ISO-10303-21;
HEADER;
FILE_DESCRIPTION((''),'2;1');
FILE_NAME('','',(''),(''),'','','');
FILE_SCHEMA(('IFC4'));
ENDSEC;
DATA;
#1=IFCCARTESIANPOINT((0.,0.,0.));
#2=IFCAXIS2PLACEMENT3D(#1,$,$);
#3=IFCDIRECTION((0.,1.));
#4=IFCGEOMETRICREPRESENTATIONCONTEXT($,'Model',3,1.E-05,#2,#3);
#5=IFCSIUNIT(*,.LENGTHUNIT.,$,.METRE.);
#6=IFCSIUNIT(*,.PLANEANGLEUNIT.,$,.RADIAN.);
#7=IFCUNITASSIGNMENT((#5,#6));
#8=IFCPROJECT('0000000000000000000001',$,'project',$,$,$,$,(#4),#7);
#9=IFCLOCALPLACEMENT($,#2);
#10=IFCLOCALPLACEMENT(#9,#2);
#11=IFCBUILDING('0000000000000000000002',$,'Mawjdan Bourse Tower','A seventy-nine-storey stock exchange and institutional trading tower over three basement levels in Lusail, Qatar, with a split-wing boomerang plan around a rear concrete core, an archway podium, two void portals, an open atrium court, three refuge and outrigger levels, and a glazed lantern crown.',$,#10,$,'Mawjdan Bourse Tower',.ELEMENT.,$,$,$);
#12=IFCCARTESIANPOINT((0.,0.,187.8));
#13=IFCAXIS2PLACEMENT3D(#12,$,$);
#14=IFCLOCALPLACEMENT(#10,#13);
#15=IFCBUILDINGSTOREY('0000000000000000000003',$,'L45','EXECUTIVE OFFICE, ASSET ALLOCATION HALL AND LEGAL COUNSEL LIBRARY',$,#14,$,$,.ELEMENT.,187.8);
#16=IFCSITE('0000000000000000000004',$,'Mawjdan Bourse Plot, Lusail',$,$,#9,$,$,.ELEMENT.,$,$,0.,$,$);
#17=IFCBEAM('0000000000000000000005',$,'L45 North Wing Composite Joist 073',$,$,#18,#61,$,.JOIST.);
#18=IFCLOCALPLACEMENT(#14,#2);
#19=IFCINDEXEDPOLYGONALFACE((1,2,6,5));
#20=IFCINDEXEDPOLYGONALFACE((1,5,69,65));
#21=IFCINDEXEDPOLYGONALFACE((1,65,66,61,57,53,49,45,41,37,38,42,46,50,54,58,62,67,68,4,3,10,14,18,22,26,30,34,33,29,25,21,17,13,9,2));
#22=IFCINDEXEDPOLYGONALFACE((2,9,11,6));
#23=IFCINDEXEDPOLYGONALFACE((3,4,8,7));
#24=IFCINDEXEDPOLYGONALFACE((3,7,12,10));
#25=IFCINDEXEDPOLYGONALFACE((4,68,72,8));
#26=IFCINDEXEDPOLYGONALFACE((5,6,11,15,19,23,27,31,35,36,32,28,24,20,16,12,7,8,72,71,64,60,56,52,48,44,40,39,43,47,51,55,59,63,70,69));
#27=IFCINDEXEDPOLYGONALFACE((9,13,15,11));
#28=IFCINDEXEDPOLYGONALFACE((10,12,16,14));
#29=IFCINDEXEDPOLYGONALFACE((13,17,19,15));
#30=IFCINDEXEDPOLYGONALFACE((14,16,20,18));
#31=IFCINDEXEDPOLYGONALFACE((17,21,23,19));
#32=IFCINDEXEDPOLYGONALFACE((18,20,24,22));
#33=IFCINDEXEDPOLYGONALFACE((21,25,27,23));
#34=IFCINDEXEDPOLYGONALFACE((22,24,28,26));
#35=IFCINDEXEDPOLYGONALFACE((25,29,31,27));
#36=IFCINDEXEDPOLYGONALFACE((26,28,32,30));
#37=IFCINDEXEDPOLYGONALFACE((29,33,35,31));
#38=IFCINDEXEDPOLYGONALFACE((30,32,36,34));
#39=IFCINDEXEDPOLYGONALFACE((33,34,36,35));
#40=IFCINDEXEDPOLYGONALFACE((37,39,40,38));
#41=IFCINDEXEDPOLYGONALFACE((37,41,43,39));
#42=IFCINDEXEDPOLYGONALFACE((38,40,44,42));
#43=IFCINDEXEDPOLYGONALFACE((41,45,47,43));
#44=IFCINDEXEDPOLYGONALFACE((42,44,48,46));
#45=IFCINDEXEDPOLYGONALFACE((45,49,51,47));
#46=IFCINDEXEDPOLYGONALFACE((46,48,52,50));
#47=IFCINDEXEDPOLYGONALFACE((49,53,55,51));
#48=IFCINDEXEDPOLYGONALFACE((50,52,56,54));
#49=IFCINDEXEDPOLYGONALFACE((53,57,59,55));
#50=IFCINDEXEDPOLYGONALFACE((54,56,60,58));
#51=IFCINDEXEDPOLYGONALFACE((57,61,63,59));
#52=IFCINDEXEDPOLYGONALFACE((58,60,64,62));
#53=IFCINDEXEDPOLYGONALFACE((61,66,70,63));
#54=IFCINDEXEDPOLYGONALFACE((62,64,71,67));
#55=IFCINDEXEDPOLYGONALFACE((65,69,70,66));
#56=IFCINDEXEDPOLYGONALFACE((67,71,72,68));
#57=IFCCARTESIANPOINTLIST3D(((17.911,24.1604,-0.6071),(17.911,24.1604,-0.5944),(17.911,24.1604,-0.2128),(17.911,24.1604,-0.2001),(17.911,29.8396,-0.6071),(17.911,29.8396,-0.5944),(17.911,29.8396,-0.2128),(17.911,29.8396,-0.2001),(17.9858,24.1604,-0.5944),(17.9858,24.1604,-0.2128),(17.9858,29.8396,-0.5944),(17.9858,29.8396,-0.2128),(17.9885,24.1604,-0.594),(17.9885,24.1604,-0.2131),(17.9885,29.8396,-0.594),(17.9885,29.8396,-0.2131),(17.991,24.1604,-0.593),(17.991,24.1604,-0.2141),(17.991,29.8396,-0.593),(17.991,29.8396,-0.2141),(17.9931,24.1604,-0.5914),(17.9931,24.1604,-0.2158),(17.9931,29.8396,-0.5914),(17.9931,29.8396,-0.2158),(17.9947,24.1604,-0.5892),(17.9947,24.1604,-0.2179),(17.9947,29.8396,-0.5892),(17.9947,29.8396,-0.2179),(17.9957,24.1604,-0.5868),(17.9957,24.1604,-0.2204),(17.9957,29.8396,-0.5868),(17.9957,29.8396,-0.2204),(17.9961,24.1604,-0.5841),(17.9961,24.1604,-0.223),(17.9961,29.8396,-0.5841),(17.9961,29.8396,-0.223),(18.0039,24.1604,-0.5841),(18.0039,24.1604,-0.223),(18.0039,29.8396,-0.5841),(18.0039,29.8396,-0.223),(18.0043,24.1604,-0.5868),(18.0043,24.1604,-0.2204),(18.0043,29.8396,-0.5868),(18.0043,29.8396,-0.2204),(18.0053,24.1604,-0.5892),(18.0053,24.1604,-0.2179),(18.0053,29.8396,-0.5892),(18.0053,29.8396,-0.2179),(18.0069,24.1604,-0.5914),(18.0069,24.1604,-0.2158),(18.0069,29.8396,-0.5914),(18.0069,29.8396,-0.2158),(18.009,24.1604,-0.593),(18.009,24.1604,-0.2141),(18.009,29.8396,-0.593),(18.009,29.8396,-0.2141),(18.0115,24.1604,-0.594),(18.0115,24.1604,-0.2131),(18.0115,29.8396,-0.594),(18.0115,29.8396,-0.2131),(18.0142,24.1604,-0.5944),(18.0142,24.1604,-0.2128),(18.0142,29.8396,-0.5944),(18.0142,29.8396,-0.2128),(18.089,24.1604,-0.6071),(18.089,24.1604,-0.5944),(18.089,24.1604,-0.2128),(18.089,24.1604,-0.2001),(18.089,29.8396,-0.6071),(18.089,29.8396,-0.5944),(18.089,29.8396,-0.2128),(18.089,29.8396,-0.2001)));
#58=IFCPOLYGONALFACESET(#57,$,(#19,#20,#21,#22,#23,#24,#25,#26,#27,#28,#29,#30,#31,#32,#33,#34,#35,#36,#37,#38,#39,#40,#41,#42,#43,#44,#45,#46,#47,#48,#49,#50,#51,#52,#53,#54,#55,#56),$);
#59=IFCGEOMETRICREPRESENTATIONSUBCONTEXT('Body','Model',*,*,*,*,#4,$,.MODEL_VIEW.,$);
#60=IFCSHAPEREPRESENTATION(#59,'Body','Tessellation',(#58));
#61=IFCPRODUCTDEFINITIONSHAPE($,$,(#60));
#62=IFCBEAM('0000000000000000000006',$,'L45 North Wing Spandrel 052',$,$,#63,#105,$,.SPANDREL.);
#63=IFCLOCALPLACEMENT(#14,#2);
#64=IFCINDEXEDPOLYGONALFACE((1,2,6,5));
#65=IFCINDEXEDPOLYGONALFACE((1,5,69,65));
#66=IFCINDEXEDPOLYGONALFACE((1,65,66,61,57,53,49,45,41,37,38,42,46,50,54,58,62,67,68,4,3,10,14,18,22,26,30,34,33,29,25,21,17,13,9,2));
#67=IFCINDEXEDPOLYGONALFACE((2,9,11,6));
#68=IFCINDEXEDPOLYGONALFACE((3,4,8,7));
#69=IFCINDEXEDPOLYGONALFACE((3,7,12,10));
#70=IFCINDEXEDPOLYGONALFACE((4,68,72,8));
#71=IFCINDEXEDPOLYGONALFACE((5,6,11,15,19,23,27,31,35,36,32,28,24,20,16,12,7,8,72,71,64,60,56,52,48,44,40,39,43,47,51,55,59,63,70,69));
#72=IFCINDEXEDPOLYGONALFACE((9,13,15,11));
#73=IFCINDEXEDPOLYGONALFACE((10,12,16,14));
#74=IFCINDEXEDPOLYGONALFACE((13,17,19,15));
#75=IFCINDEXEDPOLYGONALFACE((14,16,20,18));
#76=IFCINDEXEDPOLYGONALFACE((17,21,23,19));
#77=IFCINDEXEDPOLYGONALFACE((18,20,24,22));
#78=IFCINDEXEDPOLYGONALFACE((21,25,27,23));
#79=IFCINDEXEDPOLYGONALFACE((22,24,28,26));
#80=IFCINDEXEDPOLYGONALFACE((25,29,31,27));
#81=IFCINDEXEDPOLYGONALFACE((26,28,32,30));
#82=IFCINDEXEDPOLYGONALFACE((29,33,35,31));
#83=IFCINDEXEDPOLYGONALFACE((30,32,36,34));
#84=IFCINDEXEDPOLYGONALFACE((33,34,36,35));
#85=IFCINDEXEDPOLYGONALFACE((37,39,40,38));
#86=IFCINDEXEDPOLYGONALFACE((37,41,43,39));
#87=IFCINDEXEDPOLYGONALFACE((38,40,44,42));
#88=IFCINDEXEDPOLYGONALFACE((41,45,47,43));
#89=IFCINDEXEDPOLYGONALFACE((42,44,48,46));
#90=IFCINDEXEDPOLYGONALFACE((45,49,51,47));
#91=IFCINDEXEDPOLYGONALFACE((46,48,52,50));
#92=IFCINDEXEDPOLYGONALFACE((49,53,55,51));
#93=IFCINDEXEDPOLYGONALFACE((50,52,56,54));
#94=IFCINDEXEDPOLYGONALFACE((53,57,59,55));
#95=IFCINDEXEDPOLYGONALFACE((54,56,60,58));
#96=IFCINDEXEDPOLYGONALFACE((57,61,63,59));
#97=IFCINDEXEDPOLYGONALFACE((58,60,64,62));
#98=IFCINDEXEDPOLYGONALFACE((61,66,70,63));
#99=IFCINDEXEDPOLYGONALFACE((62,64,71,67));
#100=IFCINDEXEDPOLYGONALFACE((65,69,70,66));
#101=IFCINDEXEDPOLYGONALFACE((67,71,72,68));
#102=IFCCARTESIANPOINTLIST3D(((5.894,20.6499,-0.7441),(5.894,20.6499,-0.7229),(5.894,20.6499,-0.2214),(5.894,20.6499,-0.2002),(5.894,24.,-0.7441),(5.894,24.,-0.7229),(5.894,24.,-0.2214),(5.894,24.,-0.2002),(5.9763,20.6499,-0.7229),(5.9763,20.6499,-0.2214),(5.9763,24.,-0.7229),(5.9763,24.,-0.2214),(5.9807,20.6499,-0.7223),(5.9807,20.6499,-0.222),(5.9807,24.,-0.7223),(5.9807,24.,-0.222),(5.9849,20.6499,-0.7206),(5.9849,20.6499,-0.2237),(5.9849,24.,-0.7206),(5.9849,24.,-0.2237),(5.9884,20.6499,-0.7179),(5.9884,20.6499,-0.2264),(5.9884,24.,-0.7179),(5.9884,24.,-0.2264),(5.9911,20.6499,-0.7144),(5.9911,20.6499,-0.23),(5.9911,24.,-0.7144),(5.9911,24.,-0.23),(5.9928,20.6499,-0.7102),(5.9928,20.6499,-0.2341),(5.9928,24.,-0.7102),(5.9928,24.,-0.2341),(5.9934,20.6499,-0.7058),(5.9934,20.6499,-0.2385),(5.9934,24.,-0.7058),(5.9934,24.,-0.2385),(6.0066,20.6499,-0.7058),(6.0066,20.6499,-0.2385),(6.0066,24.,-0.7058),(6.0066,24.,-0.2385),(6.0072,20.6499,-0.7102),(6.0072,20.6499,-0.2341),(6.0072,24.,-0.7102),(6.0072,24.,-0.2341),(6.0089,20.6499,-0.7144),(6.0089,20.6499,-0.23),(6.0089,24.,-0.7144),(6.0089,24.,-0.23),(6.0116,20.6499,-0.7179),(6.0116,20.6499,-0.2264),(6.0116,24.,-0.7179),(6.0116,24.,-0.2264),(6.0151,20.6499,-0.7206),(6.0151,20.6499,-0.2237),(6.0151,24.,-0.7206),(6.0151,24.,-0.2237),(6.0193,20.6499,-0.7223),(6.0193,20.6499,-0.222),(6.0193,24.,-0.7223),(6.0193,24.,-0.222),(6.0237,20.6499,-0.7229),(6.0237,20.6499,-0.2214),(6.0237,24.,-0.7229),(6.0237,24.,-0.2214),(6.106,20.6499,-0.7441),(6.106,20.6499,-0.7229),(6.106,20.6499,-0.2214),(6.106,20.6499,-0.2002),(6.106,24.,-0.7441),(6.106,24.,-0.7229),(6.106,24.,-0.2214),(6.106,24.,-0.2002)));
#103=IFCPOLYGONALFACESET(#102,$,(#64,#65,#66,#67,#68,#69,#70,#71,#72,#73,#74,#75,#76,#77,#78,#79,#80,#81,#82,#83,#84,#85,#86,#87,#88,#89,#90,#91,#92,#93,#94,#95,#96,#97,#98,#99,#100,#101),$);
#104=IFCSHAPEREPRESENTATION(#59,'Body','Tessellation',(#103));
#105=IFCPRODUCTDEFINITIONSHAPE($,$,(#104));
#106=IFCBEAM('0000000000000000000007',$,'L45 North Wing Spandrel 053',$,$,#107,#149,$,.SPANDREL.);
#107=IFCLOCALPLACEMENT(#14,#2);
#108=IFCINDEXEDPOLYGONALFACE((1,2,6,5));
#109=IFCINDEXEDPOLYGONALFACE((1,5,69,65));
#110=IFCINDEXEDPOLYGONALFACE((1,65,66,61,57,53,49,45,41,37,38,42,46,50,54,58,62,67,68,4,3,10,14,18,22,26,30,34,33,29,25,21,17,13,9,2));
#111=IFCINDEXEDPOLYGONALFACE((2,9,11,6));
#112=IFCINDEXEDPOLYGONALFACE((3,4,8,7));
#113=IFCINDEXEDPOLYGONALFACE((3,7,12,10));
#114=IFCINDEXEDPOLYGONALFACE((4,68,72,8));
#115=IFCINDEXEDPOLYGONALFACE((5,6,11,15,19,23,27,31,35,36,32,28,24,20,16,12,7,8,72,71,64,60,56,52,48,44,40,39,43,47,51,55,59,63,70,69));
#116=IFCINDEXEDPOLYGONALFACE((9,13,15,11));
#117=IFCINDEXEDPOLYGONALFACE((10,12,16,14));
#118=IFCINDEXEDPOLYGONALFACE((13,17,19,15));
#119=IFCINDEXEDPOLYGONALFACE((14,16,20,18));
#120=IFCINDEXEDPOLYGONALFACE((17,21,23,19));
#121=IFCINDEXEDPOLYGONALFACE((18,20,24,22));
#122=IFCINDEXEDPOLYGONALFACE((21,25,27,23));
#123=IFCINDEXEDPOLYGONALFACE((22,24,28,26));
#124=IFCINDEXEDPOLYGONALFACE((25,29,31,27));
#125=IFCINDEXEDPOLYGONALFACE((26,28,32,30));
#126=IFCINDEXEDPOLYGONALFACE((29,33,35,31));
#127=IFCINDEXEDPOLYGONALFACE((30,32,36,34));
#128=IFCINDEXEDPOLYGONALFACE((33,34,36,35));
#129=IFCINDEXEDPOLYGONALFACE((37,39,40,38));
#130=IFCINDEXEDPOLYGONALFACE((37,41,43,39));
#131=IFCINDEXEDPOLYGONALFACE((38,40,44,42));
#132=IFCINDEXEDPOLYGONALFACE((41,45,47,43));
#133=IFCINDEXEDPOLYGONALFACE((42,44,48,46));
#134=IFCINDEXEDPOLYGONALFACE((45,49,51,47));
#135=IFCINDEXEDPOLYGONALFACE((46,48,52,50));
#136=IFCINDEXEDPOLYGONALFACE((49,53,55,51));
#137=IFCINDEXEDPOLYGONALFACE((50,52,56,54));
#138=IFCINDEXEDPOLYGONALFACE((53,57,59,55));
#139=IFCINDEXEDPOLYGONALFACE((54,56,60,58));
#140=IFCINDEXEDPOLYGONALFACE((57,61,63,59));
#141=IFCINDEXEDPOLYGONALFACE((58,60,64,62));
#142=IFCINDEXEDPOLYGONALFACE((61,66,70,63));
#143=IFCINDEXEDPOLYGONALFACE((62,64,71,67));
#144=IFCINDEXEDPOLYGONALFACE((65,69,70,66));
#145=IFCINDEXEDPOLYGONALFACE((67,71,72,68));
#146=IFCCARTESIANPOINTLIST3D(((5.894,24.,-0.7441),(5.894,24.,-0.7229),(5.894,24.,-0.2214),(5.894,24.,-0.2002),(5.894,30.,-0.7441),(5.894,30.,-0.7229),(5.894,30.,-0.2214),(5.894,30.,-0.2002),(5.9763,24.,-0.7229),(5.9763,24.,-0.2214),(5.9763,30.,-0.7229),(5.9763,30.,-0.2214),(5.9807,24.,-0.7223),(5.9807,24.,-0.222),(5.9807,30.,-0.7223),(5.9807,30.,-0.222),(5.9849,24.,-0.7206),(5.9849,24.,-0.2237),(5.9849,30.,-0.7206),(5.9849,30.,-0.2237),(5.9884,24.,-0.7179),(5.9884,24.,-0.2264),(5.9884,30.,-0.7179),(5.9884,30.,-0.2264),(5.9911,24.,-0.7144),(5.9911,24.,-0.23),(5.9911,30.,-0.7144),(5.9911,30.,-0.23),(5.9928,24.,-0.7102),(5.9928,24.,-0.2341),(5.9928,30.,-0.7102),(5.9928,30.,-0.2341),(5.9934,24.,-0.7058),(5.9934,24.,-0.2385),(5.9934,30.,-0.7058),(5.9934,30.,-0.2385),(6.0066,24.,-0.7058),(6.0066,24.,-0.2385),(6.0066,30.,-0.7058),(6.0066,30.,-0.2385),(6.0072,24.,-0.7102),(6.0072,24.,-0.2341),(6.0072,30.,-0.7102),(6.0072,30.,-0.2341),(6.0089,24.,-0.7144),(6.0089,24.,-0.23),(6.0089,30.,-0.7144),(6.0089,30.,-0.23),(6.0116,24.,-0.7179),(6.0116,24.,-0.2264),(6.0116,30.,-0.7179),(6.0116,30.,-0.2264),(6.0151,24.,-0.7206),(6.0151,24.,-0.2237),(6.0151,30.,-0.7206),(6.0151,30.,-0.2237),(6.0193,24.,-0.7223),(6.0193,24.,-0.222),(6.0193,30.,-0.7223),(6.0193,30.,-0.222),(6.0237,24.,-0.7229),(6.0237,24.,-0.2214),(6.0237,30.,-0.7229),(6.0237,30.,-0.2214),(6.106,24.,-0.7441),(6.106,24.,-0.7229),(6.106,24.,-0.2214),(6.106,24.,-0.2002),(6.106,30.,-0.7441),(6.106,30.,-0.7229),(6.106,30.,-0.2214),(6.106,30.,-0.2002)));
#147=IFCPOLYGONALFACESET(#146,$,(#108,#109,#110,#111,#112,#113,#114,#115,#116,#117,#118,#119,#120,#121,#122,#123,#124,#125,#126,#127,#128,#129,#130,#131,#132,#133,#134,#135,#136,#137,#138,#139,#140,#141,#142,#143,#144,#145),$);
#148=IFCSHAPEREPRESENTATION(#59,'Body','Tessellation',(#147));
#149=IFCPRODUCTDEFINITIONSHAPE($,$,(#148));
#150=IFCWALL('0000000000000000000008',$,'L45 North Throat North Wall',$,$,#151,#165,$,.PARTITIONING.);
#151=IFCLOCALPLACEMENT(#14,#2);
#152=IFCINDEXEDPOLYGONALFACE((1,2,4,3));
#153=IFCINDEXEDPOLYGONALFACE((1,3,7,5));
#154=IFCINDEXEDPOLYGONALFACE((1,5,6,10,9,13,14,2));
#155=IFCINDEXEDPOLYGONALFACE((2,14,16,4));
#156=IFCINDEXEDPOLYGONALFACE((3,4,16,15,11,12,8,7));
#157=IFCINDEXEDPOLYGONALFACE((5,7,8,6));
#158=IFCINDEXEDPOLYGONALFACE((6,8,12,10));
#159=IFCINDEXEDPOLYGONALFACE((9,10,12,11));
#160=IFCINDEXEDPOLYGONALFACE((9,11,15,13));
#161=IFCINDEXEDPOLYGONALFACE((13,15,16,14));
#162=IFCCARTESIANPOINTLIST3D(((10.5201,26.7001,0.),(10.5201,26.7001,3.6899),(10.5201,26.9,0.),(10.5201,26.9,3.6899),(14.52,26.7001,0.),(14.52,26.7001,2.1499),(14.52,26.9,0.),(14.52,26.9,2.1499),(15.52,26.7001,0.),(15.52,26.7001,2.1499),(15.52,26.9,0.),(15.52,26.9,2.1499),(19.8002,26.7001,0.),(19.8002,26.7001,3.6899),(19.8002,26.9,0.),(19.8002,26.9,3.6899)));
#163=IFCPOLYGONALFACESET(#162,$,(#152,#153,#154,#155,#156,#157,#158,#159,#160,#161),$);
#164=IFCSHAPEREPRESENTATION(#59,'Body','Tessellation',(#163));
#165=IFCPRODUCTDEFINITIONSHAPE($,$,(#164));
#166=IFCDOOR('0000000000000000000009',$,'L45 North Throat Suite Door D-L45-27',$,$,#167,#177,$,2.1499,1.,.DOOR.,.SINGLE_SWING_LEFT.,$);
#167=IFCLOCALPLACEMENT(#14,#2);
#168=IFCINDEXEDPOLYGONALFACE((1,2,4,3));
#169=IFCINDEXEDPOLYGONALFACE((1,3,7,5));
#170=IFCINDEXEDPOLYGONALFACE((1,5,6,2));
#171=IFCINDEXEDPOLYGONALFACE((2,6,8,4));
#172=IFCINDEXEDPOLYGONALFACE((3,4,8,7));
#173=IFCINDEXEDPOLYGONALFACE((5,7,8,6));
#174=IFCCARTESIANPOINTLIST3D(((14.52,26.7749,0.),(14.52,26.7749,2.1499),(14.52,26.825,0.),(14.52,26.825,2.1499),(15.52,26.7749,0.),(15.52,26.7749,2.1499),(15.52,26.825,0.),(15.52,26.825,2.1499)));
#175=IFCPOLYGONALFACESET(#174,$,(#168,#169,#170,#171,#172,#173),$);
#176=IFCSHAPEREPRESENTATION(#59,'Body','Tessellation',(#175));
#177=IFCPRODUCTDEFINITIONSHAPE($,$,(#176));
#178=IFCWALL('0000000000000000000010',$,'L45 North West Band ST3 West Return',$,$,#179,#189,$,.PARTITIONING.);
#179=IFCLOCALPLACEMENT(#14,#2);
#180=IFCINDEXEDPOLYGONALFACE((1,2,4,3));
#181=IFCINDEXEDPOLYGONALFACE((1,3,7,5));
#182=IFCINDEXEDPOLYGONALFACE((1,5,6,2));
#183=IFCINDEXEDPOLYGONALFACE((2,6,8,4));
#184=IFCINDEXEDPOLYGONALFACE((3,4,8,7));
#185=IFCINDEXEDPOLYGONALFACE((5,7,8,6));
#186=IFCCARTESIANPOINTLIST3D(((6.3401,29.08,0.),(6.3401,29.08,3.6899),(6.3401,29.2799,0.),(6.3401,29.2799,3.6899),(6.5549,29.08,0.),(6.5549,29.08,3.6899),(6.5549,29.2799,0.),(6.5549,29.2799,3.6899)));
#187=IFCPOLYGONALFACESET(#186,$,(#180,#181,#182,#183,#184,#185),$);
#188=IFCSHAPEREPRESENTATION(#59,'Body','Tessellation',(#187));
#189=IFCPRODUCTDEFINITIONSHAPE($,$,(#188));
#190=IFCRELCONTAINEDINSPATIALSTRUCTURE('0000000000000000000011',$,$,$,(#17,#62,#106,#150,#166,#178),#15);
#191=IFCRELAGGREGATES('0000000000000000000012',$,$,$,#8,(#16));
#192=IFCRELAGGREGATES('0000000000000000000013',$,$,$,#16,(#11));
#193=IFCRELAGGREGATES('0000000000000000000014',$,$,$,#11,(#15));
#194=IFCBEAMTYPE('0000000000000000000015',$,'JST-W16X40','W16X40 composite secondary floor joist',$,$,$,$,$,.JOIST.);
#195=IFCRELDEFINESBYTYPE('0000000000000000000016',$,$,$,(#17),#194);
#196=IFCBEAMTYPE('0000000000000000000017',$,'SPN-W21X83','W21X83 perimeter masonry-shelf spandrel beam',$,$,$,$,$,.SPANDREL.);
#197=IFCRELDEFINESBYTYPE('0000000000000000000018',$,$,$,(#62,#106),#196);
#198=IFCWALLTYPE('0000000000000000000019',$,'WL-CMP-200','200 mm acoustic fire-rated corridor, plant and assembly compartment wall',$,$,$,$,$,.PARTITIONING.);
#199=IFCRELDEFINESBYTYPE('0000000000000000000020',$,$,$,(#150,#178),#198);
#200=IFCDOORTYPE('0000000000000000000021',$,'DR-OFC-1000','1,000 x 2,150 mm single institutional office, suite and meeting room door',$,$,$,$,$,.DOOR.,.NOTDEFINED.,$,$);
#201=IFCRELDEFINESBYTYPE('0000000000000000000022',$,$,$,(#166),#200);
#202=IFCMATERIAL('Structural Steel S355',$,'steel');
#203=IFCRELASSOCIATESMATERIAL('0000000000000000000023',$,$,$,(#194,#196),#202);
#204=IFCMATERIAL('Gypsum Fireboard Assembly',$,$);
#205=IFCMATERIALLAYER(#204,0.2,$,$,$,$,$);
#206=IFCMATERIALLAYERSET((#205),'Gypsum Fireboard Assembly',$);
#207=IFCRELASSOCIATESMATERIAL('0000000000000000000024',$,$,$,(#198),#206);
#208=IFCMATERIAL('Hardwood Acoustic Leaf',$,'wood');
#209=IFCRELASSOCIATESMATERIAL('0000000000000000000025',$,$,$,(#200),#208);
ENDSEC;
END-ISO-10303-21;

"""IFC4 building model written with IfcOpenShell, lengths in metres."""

from ifc_helpers import new_model, si_unit, direction, frame, frame_2d, origin, origin_2d, place, context, subcontext, project, spatial, rectangle, i_section, extrude, material, layer, layer_set, material_profile, profile_set, type_object, element, fill, save


model = new_model("IFC4")

# Units and contexts
model_context = context("Model", 3, precision=1e-05, world=origin(), true_north=direction((0.0, 1.0)))
body_context = subcontext(model_context, "Body", "Model", "MODEL_VIEW")
ifc_project = project(units=[si_unit("LENGTHUNIT", "METRE"), si_unit("PLANEANGLEUNIT", "RADIAN")], contexts=[model_context])

# Site, building, storey
site_placement = place(None, origin())
site = spatial("IfcSite", under=ifc_project, at=site_placement, Name="Mawjdan Bourse Plot, Lusail", CompositionType="ELEMENT", RefElevation=0.0)
building_placement = place(site_placement, origin())
building = spatial("IfcBuilding", under=site, at=building_placement, Name="Mawjdan Bourse Tower", Description="A seventy-nine-storey stock exchange and institutional trading tower over three basement levels in Lusail, Qatar, with a split-wing boomerang plan around a rear concrete core, an archway podium, two void portals, an open atrium court, three refuge and outrigger levels, and a glazed lantern crown.", LongName="Mawjdan Bourse Tower", CompositionType="ELEMENT")
storey_placement = place(building_placement, frame((0.0, 0.0, 187.8)))
storey = spatial("IfcBuildingStorey", under=building, at=storey_placement, Name="L45", Description="EXECUTIVE OFFICE, ASSET ALLOCATION HALL AND LEGAL COUNSEL LIBRARY", CompositionType="ELEMENT", Elevation=187.8)

# Beams
ifc_material_1 = material(Name="Structural Steel S355", Category="steel")
ifc_material_profile_1 = material_profile(ifc_material_1, i_section(OverallWidth=0.178, OverallDepth=0.407, WebThickness=0.0078, FlangeThickness=0.0127, FilletRadius=0.0103, at=origin_2d()), Name="W16X40")
ifc_profile_set_1 = profile_set([ifc_material_profile_1], Name="Structural Steel S355")
beam_type_1 = type_object("IfcBeamType", Name="JST-W16X40", Description="W16X40 composite secondary floor joist", PredefinedType="JOIST", material=ifc_profile_set_1)
beam_1_placement = place(storey_placement, frame((18.0, 24.1604, -0.4036), z_axis=(0.0, 1.0, 0.0), x_axis=(-1.0, 0.0, 0.0)))
element("IfcBeam", 1, at=beam_1_placement, inside=storey, type_object=beam_type_1, Name="L45 North Wing Composite Joist 073", PredefinedType="JOIST", context=body_context, shape_type="SweptSolid", body=[
    extrude(i_section(OverallWidth=0.178, OverallDepth=0.407, WebThickness=0.0078, FlangeThickness=0.0127, FilletRadius=0.0103, at=origin_2d()), origin(), (0.0, 0.0, 1.0), 5.6792),
])
ifc_material_profile_2 = material_profile(ifc_material_1, i_section(OverallWidth=0.2119, OverallDepth=0.5439, WebThickness=0.0132, FlangeThickness=0.0212, FilletRadius=0.0171, at=origin_2d()), Name="W21X83")
ifc_profile_set_2 = profile_set([ifc_material_profile_2], Name="Structural Steel S355")
beam_type_2 = type_object("IfcBeamType", Name="SPN-W21X83", Description="W21X83 perimeter masonry-shelf spandrel beam", PredefinedType="SPANDREL", material=ifc_profile_set_2)
beam_2_placement = place(storey_placement, frame((6.0, 20.6499, -0.4722), z_axis=(0.0, 1.0, 0.0), x_axis=(-1.0, 0.0, 0.0)))
element("IfcBeam", 2, at=beam_2_placement, inside=storey, type_object=beam_type_2, Name="L45 North Wing Spandrel 052", PredefinedType="SPANDREL", context=body_context, shape_type="SweptSolid", body=[
    extrude(i_section(OverallWidth=0.2119, OverallDepth=0.5439, WebThickness=0.0132, FlangeThickness=0.0212, FilletRadius=0.0171, at=origin_2d()), origin(), (0.0, 0.0, 1.0), 3.3501),
])
beam_3_placement = place(storey_placement, frame((6.0, 24.0, -0.4722), z_axis=(0.0, 1.0, 0.0), x_axis=(-1.0, 0.0, 0.0)))
element("IfcBeam", 3, at=beam_3_placement, inside=storey, type_object=beam_type_2, Name="L45 North Wing Spandrel 053", PredefinedType="SPANDREL", context=body_context, shape_type="SweptSolid", body=[
    extrude(i_section(OverallWidth=0.2119, OverallDepth=0.5439, WebThickness=0.0132, FlangeThickness=0.0212, FilletRadius=0.0171, at=origin_2d()), origin(), (0.0, 0.0, 1.0), 6.0),
])

# Wall, opening, door
ifc_material_2 = material(Name="Gypsum Fireboard Assembly")
ifc_layer_1 = layer(ifc_material_2, 0.2)
ifc_layer_set_1 = layer_set([ifc_layer_1], Name="Gypsum Fireboard Assembly")
wall_type_1 = type_object("IfcWallType", Name="WL-CMP-200", Description="200 mm acoustic fire-rated corridor, plant and assembly compartment wall", PredefinedType="PARTITIONING", material=ifc_layer_set_1)
wall_1_placement = place(storey_placement, frame((10.52, 26.8, 0.0), z_axis=(0.0, 0.0, 1.0), x_axis=(1.0, 0.0, 0.0)))
wall_1 = element("IfcWall", 4, at=wall_1_placement, inside=storey, type_object=wall_type_1, Name="L45 North Throat North Wall", PredefinedType="PARTITIONING", context=body_context, shape_type="SweptSolid", body=[
    extrude(rectangle(XDim=9.28, YDim=0.2, at=frame_2d((4.6401, 0.0))), origin(), (0.0, 0.0, 1.0), 3.6899),
])
opening_1_placement = place(wall_1_placement, frame((4.0, 0.0, 0.0)))
opening_1 = element("IfcOpeningElement", 5, at=opening_1_placement, cuts=wall_1, PredefinedType="OPENING", context=body_context, shape_type="SweptSolid", body=[
    extrude(rectangle(XDim=1.0, YDim=2.1499, at=frame_2d((0.5, 1.075))), frame((0.0, 0.1099, 0.0), z_axis=(0.0, -1.0, 0.0), x_axis=(1.0, 0.0, 0.0)), (0.0, 0.0, 1.0), 0.22),
])
ifc_material_3 = material(Name="Hardwood Acoustic Leaf", Category="wood")
door_type_1 = type_object("IfcDoorType", Name="DR-OFC-1000", Description="1,000 x 2,150 mm single institutional office, suite and meeting room door", OperationType="NOTDEFINED", PredefinedType="DOOR", material=ifc_material_3)
door_1_placement = place(opening_1_placement, origin())
door_1 = element("IfcDoor", 6, at=door_1_placement, inside=storey, type_object=door_type_1, Name="L45 North Throat Suite Door D-L45-27", OperationType="SINGLE_SWING_LEFT", OverallHeight=2.1499, OverallWidth=1.0, PredefinedType="DOOR", context=body_context, shape_type="SweptSolid", body=[
    extrude(rectangle(XDim=1.0, YDim=2.1499, at=frame_2d((0.5, 1.075))), frame((0.0, 0.0249, 0.0), z_axis=(0.0, -1.0, 0.0), x_axis=(1.0, 0.0, 0.0)), (0.0, 0.0, 1.0), 0.05),
])
fill(opening_1, door_1)

# Wall
wall_2_placement = place(storey_placement, frame((6.3401, 29.1799, 0.0), z_axis=(0.0, 0.0, 1.0), x_axis=(1.0, 0.0, 0.0)))
element("IfcWall", 7, at=wall_2_placement, inside=storey, type_object=wall_type_1, Name="L45 North West Band ST3 West Return", PredefinedType="PARTITIONING", context=body_context, shape_type="SweptSolid", body=[
    extrude(rectangle(XDim=0.2148, YDim=0.2, at=frame_2d((0.1074, 0.0))), origin(), (0.0, 0.0, 1.0), 3.6899),
])

save(model, "model.ifc")
